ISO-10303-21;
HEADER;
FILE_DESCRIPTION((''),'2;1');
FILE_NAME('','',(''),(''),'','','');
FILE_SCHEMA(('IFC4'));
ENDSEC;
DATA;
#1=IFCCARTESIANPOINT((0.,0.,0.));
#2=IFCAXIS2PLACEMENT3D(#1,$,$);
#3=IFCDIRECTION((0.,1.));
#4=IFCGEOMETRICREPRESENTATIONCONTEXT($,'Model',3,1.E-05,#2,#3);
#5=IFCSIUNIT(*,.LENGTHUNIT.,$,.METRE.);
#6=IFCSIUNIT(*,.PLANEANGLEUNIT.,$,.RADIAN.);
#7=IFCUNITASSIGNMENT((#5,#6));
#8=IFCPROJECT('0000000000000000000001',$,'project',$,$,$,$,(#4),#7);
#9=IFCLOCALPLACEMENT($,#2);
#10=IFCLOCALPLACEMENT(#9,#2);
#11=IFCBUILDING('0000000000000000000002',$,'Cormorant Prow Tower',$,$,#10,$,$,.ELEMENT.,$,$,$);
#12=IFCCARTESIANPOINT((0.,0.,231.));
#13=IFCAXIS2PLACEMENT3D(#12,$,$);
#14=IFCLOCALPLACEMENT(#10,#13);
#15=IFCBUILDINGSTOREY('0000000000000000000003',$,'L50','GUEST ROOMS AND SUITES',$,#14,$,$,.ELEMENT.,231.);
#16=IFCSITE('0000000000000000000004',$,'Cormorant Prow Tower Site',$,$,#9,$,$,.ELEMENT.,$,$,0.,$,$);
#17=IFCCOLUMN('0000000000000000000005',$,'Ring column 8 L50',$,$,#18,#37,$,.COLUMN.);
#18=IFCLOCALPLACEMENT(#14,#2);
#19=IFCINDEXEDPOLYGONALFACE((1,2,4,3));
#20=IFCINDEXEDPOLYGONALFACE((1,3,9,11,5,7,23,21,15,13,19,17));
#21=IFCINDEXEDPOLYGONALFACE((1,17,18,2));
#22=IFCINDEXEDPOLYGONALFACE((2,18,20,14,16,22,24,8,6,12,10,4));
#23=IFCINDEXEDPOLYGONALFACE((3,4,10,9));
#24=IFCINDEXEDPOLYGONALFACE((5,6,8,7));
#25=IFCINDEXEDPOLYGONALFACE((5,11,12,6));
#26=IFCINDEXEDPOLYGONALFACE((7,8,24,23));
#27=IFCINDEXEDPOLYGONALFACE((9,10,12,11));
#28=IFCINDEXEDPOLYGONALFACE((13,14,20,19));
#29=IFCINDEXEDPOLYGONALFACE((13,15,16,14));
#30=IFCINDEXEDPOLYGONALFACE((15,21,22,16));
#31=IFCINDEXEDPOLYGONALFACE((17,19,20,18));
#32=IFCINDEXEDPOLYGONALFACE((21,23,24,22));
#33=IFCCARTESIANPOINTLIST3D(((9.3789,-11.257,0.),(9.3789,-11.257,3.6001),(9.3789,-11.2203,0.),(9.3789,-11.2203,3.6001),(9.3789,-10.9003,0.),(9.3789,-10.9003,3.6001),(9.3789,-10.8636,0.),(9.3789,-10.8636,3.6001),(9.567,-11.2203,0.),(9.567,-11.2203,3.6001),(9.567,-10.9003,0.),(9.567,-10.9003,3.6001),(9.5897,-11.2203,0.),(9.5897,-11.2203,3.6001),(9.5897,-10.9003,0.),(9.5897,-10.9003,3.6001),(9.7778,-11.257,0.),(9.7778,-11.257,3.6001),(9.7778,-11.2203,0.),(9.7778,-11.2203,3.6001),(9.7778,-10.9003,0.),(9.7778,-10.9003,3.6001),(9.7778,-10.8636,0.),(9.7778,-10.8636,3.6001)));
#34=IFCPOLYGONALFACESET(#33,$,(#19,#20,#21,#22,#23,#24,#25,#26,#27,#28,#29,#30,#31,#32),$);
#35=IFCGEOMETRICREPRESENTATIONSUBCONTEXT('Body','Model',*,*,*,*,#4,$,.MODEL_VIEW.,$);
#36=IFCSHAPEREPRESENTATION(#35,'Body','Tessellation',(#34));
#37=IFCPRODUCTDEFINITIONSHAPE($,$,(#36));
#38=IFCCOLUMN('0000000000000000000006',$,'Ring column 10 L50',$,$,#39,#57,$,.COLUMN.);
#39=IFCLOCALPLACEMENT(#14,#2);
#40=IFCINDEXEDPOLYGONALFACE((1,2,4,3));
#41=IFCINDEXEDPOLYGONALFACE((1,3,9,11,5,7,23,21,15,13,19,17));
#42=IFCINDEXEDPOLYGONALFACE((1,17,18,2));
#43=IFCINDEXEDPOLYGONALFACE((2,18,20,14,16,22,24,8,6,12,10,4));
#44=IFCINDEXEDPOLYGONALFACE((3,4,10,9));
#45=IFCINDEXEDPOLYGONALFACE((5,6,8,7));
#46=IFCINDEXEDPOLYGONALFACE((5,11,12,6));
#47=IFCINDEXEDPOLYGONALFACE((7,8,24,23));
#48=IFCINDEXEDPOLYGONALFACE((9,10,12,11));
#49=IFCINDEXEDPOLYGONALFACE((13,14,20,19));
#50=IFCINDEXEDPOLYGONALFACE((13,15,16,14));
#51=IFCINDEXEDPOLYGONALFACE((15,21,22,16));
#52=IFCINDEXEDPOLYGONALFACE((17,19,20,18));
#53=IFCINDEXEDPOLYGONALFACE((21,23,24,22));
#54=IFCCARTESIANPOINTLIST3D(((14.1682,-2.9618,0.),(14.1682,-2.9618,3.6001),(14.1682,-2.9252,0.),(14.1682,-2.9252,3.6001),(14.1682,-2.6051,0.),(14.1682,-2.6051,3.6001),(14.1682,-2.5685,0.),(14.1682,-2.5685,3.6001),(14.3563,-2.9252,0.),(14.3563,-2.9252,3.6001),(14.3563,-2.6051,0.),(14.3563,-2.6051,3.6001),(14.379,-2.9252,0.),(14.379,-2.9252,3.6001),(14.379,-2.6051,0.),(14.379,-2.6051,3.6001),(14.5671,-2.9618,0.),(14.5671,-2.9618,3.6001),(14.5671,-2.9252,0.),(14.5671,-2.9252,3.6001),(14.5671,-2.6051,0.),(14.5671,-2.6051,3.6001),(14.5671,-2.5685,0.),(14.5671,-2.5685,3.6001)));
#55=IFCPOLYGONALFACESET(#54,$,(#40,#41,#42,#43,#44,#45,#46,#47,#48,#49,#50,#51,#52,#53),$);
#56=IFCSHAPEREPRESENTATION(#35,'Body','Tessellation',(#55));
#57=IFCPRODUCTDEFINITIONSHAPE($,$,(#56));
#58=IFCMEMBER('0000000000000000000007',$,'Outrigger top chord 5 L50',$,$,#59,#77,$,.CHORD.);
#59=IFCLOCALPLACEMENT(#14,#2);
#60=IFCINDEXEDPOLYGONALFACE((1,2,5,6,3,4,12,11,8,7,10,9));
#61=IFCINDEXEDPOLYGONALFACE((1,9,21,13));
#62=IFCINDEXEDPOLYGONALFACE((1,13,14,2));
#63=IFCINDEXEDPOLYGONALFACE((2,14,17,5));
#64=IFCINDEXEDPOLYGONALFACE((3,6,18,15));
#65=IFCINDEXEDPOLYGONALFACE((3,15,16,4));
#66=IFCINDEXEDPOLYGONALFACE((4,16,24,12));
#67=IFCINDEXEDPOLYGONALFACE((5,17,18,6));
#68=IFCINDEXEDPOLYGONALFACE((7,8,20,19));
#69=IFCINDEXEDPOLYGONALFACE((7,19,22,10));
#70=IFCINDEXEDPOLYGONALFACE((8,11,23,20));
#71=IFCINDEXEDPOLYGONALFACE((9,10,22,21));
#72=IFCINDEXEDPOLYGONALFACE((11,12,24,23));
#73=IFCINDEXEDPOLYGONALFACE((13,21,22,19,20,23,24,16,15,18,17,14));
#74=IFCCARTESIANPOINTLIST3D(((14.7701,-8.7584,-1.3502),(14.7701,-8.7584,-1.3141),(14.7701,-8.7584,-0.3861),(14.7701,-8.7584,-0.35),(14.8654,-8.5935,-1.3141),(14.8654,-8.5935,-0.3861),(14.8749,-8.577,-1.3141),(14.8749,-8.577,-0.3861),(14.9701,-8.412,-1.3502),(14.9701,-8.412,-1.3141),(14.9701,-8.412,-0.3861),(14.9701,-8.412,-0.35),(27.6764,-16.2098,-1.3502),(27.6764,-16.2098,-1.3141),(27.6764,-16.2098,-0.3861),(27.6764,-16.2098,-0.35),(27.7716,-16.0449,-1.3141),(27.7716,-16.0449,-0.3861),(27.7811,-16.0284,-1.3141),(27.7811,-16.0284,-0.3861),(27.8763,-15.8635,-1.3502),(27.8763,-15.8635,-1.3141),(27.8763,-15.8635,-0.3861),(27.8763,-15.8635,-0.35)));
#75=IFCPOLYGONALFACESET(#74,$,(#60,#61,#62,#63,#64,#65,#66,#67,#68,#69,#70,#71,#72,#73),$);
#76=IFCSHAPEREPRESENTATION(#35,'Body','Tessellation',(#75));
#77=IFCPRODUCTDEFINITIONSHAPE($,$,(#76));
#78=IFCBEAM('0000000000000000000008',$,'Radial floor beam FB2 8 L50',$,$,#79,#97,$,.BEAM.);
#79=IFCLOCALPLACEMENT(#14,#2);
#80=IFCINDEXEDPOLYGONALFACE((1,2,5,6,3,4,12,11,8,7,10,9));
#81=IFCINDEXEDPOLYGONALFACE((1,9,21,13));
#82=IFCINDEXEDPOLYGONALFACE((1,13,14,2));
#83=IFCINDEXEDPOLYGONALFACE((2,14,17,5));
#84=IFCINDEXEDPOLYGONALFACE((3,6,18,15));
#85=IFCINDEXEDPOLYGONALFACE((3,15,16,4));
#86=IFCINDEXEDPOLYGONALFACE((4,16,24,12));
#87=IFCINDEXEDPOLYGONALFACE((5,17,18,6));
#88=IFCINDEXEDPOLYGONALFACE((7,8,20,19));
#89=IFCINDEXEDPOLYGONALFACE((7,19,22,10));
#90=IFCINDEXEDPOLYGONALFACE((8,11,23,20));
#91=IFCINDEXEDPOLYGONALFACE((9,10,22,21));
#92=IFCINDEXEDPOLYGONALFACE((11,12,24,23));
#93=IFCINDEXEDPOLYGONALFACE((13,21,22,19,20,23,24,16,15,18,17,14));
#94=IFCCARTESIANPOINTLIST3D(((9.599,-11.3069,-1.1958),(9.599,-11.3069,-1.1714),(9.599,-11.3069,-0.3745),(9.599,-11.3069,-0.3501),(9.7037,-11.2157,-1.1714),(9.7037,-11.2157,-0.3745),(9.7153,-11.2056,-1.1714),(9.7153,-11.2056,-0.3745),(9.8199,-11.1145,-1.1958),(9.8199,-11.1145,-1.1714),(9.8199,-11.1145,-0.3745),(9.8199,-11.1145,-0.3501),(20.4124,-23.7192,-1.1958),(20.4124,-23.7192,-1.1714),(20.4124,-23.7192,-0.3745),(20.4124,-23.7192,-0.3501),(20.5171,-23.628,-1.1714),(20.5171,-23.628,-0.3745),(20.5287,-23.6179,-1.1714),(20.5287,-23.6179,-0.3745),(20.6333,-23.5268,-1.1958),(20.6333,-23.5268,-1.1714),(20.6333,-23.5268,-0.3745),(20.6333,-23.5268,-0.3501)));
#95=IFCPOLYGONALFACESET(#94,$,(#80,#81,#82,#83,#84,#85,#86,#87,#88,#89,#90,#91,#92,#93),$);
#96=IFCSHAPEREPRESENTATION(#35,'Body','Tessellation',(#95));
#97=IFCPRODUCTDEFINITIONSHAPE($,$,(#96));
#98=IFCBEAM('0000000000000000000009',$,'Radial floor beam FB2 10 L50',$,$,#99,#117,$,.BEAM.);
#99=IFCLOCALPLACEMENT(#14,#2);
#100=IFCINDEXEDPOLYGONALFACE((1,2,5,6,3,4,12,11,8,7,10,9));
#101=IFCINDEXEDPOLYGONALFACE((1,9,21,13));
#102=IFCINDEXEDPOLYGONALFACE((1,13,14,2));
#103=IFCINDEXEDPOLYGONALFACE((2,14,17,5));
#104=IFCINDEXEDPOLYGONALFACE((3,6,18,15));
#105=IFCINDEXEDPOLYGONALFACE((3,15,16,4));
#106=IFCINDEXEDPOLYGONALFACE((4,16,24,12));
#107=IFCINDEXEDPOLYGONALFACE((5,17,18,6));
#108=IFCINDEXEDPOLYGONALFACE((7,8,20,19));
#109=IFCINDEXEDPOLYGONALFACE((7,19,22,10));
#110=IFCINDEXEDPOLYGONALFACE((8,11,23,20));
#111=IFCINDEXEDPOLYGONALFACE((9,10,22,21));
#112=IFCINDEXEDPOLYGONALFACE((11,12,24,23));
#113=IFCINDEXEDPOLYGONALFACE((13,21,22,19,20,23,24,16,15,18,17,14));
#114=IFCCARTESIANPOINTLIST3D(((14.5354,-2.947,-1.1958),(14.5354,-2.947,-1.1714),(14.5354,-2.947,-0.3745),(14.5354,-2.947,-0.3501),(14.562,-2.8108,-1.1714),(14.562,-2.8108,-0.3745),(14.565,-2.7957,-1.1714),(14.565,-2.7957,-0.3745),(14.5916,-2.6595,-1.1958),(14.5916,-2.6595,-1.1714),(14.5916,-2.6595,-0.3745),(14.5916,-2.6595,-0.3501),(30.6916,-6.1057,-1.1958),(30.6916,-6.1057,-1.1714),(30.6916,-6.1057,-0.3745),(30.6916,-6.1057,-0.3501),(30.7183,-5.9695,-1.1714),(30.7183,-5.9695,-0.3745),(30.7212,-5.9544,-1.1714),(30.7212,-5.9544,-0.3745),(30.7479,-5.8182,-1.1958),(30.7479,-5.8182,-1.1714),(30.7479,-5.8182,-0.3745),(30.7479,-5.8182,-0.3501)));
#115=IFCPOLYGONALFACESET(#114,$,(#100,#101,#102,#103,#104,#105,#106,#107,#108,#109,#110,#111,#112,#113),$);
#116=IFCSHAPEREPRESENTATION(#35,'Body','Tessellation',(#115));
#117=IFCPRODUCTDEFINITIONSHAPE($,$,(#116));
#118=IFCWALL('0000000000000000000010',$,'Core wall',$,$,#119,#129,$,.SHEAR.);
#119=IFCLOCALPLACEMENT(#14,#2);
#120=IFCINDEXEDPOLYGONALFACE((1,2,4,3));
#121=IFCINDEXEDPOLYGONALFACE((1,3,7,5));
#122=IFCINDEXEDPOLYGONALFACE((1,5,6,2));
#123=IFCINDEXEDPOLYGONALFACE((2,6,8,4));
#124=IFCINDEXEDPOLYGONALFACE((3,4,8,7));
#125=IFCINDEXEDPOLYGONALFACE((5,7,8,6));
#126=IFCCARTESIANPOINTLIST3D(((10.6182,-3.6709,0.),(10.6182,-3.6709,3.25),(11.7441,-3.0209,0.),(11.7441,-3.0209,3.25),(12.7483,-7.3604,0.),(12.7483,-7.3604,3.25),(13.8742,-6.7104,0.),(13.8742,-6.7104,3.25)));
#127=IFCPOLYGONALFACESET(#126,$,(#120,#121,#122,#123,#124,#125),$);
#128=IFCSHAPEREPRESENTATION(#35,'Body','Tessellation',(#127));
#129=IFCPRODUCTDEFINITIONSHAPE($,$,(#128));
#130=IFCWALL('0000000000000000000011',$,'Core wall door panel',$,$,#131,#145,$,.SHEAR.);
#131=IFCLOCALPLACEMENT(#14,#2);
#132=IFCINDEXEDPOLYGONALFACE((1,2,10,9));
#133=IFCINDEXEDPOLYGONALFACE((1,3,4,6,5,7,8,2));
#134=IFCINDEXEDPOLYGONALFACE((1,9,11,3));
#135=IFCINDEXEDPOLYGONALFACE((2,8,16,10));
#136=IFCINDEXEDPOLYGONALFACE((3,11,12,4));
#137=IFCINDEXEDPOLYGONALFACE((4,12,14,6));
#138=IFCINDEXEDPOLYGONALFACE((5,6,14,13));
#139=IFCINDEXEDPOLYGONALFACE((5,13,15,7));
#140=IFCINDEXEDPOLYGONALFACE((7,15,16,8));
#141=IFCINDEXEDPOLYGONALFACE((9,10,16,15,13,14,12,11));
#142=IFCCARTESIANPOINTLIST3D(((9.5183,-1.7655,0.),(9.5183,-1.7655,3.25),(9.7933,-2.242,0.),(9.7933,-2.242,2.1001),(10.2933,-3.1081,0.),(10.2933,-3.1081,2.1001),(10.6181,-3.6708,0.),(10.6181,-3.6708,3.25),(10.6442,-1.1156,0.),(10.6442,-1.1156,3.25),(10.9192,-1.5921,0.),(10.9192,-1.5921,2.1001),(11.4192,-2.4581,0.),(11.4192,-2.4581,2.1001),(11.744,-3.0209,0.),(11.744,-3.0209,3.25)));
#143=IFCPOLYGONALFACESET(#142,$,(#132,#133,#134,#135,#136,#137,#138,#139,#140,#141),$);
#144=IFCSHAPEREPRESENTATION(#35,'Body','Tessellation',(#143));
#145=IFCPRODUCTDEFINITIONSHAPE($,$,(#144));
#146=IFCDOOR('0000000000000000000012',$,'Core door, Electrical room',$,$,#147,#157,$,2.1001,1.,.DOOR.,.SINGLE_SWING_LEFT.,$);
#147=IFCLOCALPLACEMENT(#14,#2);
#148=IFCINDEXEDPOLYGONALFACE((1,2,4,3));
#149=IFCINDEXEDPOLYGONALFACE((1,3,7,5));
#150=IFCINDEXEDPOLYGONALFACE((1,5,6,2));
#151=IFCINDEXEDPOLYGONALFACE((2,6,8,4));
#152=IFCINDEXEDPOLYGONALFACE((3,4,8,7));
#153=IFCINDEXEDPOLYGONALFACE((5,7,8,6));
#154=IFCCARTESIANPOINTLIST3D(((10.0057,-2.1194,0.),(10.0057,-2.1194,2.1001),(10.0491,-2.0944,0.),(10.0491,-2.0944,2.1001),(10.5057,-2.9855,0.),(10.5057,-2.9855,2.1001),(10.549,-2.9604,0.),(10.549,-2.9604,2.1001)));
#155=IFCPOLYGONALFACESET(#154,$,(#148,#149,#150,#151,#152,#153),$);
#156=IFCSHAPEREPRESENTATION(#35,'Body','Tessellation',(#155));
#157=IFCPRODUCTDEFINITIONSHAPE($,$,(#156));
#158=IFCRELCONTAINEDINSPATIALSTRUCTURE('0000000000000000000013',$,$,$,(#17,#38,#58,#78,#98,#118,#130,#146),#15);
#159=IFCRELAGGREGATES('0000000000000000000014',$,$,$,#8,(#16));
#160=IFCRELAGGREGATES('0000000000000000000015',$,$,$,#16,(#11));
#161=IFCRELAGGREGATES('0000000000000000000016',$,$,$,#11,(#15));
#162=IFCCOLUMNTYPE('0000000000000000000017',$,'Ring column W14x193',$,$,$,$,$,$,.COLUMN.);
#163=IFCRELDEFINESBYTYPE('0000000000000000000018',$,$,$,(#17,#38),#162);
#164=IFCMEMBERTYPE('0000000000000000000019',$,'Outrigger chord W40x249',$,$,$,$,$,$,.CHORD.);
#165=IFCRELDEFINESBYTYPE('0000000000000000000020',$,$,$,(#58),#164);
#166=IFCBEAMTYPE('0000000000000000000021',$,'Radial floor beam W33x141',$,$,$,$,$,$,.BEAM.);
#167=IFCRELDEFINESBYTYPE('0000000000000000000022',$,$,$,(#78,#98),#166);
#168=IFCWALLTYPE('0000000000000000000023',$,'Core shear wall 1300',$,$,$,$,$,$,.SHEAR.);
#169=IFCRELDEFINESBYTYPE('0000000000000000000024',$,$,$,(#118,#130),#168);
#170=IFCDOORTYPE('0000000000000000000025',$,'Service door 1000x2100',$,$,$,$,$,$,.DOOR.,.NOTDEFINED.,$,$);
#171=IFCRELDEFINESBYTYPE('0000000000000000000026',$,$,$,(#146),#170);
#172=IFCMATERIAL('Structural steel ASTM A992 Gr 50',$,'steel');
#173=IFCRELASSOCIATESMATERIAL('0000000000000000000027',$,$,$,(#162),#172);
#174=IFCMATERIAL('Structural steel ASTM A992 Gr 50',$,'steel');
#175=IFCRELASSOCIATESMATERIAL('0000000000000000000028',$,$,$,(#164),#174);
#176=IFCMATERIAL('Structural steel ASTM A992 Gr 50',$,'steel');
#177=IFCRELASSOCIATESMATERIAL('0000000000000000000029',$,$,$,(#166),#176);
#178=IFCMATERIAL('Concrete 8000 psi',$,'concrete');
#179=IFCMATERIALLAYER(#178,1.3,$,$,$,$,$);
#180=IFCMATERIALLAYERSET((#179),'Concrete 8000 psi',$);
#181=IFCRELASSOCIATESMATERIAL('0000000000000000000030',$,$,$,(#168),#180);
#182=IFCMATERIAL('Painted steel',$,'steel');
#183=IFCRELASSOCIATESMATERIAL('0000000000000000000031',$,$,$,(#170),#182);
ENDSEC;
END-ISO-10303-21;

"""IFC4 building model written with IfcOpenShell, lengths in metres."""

from ifc_helpers import new_model, si_unit, direction, frame, frame_2d, origin, origin_2d, place, context, subcontext, project, spatial, rectangle, i_section, extrude, material, layer, layer_set, material_profile, profile_set, type_object, element, fill, save


model = new_model("IFC4")

# Units and contexts
model_context = context("Model", 3, precision=1e-05, world=origin(), true_north=direction((0.0, 1.0)))
body_context = subcontext(model_context, "Body", "Model", "MODEL_VIEW")
ifc_project = project(units=[si_unit("LENGTHUNIT", "METRE"), si_unit("PLANEANGLEUNIT", "RADIAN")], contexts=[model_context])

# Site, building, storey
site_placement = place(None, origin())
site = spatial("IfcSite", under=ifc_project, at=site_placement, Name="Cormorant Prow Tower Site", CompositionType="ELEMENT", RefElevation=0.0)
building_placement = place(site_placement, origin())
building = spatial("IfcBuilding", under=site, at=building_placement, Name="Cormorant Prow Tower", CompositionType="ELEMENT")
storey_placement = place(building_placement, frame((0.0, 0.0, 231.0)))
storey = spatial("IfcBuildingStorey", under=building, at=storey_placement, Name="L50", Description="GUEST ROOMS AND SUITES", CompositionType="ELEMENT", Elevation=231.0)

# Columns
ifc_material_1 = material(Name="Structural steel ASTM A992 Gr 50", Category="steel")
ifc_material_profile_1 = material_profile(ifc_material_1, i_section(OverallWidth=0.3989, OverallDepth=0.3933, WebThickness=0.0227, FlangeThickness=0.0366, at=origin_2d()), Name="W14x193")
ifc_profile_set_1 = profile_set([ifc_material_profile_1], Name="Structural steel ASTM A992 Gr 50")
column_type = type_object("IfcColumnType", Name="Ring column W14x193", PredefinedType="COLUMN", material=ifc_profile_set_1)
for number, where, z_axis, x_axis, name in (
    (1, (9.5784, -11.0603, 0.0), (0.0, 0.0, 1.0), (1.0, 0.0, 0.0), "Ring column 8 L50"),
    (2, (14.3677, -2.7651, 0.0), (0.0, 0.0, 1.0), (1.0, 0.0, 0.0), "Ring column 10 L50"),
):
    element("IfcColumn", number, at=place(storey_placement, frame(where, z_axis=z_axis, x_axis=x_axis)), inside=storey, type_object=column_type, Name=name, PredefinedType="COLUMN", context=body_context, shape_type="SweptSolid", body=[
        extrude(i_section(OverallWidth=0.3989, OverallDepth=0.3933, WebThickness=0.0227, FlangeThickness=0.0366, at=origin_2d()), origin(), (0.0, 0.0, 1.0), 3.6001),
    ])

# Member
ifc_material_2 = material(Name="Structural steel ASTM A992 Gr 50", Category="steel")
ifc_material_profile_2 = material_profile(ifc_material_2, i_section(OverallWidth=0.3999, OverallDepth=1.0002, WebThickness=0.019, FlangeThickness=0.0361, at=origin_2d()), Name="W40x249")
ifc_profile_set_2 = profile_set([ifc_material_profile_2], Name="Structural steel ASTM A992 Gr 50")
member_type = type_object("IfcMemberType", Name="Outrigger chord W40x249", PredefinedType="CHORD", material=ifc_profile_set_2)
member_placement = place(storey_placement, frame((14.8701, -8.5852, -0.8501), z_axis=(0.866026, -0.499999, 0.0), x_axis=(0.499999, 0.866026, 0.0)))
element("IfcMember", 3, at=member_placement, inside=storey, type_object=member_type, Name="Outrigger top chord 5 L50", PredefinedType="CHORD", context=body_context, shape_type="SweptSolid", body=[
    extrude(i_section(OverallWidth=0.3999, OverallDepth=1.0002, WebThickness=0.019, FlangeThickness=0.0361, at=origin_2d()), origin(), (0.0, 0.0, 1.0), 14.9028),
])

# Beams
ifc_material_3 = material(Name="Structural steel ASTM A992 Gr 50", Category="steel")
ifc_material_profile_3 = material_profile(ifc_material_3, i_section(OverallWidth=0.293, OverallDepth=0.8457, WebThickness=0.0154, FlangeThickness=0.0244, at=origin_2d()), Name="W33x141")
ifc_profile_set_3 = profile_set([ifc_material_profile_3], Name="Structural steel ASTM A992 Gr 50")
beam_type = type_object("IfcBeamType", Name="Radial floor beam W33x141", PredefinedType="BEAM", material=ifc_profile_set_3)
beam_1_placement = place(storey_placement, frame((9.7095, -11.2107, -0.7729), z_axis=(0.656875, -0.754, 0.0), x_axis=(0.754, 0.656875, 0.0)))
element("IfcBeam", 4, at=beam_1_placement, inside=storey, type_object=beam_type, Name="Radial floor beam FB2 8 L50", PredefinedType="BEAM", context=body_context, shape_type="SweptSolid", body=[
    extrude(i_section(OverallWidth=0.293, OverallDepth=0.8457, WebThickness=0.0154, FlangeThickness=0.0244, at=origin_2d()), origin(), (0.0, 0.0, 1.0), 16.4619),
])
beam_2_placement = place(storey_placement, frame((14.5635, -2.8032, -0.7729), z_axis=(0.981419, -0.191876, 0.0), x_axis=(0.191876, 0.981419, 0.0)))
element("IfcBeam", 5, at=beam_2_placement, inside=storey, type_object=beam_type, Name="Radial floor beam FB2 10 L50", PredefinedType="BEAM", context=body_context, shape_type="SweptSolid", body=[
    extrude(i_section(OverallWidth=0.293, OverallDepth=0.8457, WebThickness=0.0154, FlangeThickness=0.0244, at=origin_2d()), origin(), (0.0, 0.0, 1.0), 16.4622),
])

# Wall
ifc_material_4 = material(Name="Concrete 8000 psi", Category="concrete")
ifc_layer_1 = layer(ifc_material_4, 1.3)
ifc_layer_set_1 = layer_set([ifc_layer_1], Name="Concrete 8000 psi")
wall_type_1 = type_object("IfcWallType", Name="Core shear wall 1300", PredefinedType="SHEAR", material=ifc_layer_set_1)
wall_1_placement = place(storey_placement, frame((13.3113, -7.0354, 0.0), z_axis=(0.0, 0.0, 1.0), x_axis=(-0.500004, 0.866023, 0.0)))
element("IfcWall", 6, at=wall_1_placement, inside=storey, type_object=wall_type_1, Name="Core wall", PredefinedType="SHEAR", context=body_context, shape_type="SweptSolid", body=[
    extrude(rectangle(XDim=4.2603, YDim=1.3, at=frame_2d((2.1301, 0.0))), origin(), (0.0, 0.0, 1.0), 3.25),
])

# Wall, opening, door
wall_2_placement = place(storey_placement, frame((11.1812, -3.3459, 0.0), z_axis=(0.0, 0.0, 1.0), x_axis=(-0.499947, 0.866056, 0.0)))
wall_2 = element("IfcWall", 7, at=wall_2_placement, inside=storey, type_object=wall_type_1, Name="Core wall door panel", PredefinedType="SHEAR", context=body_context, shape_type="SweptSolid", body=[
    extrude(rectangle(XDim=2.2, YDim=1.3, at=frame_2d((1.1001, 0.0))), origin(), (0.0, 0.0, 1.0), 3.25),
])
opening_1_placement = place(wall_2_placement, frame((0.6499, 0.0, 0.0)))
opening_1 = element("IfcOpeningElement", 8, at=opening_1_placement, cuts=wall_2, PredefinedType="OPENING", context=body_context, shape_type="SweptSolid", body=[
    extrude(rectangle(XDim=1.0, YDim=2.1001, at=frame_2d((0.5, 1.05))), frame((0.0, 0.6599, 0.0), z_axis=(0.0, -1.0, 0.0), x_axis=(1.0, 0.0, 0.0)), (0.0, 0.0, 1.0), 1.3201),
])
ifc_material_5 = material(Name="Painted steel", Category="steel")
door_type_1 = type_object("IfcDoorType", Name="Service door 1000x2100", OperationType="NOTDEFINED", PredefinedType="DOOR", material=ifc_material_5)
door_1_placement = place(opening_1_placement, origin())
door_1 = element("IfcDoor", 9, at=door_1_placement, inside=storey, type_object=door_type_1, Name="Core door, Electrical room", OperationType="SINGLE_SWING_LEFT", OverallHeight=2.1001, OverallWidth=1.0, PredefinedType="DOOR", context=body_context, shape_type="SweptSolid", body=[
    extrude(rectangle(XDim=1.0, YDim=2.1001, at=frame_2d((0.5, 1.05))), frame((0.0, 0.4048, 0.0), z_axis=(0.0, -1.0, 0.0), x_axis=(1.0, 0.0, 0.0)), (0.0, 0.0, 1.0), 0.05),
])
fill(opening_1, door_1)

save(model, "model.ifc")
